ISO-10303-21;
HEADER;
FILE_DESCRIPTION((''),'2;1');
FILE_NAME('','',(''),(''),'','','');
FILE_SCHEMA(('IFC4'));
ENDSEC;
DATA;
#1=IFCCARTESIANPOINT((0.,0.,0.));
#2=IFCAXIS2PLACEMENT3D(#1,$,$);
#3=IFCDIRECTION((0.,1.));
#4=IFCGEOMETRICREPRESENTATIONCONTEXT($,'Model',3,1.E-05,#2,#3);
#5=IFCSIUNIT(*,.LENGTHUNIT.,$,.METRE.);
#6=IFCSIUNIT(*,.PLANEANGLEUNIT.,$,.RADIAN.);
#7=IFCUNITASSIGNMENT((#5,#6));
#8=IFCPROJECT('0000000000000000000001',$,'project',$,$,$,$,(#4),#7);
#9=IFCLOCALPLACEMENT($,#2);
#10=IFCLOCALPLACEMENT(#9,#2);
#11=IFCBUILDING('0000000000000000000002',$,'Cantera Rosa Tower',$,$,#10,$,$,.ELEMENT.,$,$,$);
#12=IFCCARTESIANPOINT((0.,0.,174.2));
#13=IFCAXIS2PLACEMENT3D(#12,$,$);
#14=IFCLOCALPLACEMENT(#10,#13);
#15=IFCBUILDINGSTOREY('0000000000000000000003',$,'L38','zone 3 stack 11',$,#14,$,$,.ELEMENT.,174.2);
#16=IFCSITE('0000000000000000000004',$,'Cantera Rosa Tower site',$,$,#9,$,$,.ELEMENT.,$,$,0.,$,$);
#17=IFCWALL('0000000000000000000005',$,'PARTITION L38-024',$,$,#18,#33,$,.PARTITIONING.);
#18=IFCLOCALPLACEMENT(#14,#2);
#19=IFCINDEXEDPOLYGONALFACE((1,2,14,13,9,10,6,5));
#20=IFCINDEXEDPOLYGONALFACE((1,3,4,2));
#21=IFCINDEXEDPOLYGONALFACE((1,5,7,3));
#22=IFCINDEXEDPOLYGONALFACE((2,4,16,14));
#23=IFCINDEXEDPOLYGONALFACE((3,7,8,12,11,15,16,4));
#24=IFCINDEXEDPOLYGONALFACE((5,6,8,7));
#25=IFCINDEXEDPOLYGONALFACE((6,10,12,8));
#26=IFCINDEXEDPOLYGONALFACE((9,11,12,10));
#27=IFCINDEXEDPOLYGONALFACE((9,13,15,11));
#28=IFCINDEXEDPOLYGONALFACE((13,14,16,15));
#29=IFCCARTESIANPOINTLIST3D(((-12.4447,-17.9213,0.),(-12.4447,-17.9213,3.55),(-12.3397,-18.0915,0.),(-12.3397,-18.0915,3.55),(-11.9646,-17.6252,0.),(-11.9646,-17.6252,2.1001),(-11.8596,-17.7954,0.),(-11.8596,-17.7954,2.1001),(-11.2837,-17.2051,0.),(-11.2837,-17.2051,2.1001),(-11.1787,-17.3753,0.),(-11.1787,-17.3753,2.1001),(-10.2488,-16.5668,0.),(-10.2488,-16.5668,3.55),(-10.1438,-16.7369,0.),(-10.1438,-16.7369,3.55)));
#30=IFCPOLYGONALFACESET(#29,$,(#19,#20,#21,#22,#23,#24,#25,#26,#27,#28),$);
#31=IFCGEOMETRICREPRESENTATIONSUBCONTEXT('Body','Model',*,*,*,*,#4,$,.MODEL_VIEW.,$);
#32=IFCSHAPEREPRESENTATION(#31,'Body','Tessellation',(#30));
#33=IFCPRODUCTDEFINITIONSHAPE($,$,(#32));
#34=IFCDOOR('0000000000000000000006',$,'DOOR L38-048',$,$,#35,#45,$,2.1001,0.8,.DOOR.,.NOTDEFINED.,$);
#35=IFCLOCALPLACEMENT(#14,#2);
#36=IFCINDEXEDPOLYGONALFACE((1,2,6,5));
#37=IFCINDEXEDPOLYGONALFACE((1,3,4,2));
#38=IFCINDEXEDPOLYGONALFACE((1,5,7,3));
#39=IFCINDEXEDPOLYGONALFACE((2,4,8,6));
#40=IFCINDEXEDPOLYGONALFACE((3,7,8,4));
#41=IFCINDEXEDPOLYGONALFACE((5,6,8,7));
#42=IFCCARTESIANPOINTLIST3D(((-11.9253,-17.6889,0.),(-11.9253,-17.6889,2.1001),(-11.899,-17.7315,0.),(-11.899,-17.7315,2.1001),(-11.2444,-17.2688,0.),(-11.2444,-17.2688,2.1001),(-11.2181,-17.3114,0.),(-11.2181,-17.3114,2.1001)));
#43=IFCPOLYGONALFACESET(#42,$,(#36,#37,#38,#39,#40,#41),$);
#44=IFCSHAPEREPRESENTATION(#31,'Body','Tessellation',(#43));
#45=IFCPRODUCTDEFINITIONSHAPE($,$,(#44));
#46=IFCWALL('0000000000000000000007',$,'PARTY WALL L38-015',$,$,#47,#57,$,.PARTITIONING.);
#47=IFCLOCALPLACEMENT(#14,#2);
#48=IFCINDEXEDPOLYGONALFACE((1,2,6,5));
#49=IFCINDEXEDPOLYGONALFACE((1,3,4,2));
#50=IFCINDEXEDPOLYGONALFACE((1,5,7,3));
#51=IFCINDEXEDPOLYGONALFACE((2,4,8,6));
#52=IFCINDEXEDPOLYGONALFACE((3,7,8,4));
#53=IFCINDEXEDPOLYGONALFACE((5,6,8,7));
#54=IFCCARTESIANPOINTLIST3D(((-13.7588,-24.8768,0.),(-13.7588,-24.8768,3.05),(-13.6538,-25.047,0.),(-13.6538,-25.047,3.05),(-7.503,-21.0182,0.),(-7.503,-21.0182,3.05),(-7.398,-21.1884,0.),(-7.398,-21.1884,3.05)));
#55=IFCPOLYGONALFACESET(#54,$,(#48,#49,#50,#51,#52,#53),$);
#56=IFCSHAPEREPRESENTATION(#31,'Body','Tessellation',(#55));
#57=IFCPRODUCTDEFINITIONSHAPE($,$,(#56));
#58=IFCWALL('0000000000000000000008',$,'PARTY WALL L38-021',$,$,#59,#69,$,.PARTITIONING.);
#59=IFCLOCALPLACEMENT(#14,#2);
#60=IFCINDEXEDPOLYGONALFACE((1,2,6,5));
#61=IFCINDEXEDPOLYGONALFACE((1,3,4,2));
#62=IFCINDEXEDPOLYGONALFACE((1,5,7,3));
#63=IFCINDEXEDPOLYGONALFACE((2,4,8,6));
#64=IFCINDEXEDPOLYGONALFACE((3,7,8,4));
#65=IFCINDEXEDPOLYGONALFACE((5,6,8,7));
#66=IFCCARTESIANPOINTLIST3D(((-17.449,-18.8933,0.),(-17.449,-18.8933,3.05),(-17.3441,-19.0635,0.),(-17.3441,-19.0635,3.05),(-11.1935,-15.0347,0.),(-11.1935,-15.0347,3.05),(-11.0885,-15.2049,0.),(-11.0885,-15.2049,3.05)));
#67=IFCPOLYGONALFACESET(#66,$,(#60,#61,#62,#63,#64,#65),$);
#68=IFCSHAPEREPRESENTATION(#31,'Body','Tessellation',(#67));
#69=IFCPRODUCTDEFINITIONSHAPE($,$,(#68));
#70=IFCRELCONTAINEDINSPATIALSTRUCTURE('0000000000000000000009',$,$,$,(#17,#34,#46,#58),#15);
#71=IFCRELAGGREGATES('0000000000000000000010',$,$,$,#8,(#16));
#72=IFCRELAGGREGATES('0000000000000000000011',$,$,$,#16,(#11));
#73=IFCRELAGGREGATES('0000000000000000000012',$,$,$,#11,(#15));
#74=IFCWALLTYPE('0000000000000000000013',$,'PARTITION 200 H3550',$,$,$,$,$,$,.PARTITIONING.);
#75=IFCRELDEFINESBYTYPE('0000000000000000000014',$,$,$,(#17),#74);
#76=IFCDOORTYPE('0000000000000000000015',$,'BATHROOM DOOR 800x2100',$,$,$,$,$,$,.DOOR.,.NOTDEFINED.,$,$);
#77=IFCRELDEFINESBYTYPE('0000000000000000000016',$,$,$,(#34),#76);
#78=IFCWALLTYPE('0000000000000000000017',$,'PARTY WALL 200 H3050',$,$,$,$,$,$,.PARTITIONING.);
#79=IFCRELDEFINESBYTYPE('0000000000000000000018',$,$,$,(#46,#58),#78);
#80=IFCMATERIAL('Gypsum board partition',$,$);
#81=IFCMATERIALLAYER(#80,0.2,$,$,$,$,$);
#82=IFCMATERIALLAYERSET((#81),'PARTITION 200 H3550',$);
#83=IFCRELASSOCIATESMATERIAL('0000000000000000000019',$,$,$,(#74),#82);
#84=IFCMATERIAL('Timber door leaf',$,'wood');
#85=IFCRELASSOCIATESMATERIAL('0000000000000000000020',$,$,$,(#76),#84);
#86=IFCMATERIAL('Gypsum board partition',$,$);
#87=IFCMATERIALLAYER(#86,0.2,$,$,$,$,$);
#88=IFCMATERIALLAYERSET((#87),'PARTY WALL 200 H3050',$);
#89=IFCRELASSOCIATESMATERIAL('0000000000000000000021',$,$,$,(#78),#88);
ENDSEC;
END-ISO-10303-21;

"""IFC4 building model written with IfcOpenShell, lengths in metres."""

from ifc_helpers import new_model, si_unit, direction, frame, frame_2d, origin, place, context, subcontext, project, spatial, rectangle, extrude, material, layer, layer_set, type_object, element, fill, save


model = new_model("IFC4")

# Units and contexts
model_context = context("Model", 3, precision=1e-05, world=origin(), true_north=direction((0.0, 1.0)))
body_context = subcontext(model_context, "Body", "Model", "MODEL_VIEW")
ifc_project = project(units=[si_unit("LENGTHUNIT", "METRE"), si_unit("PLANEANGLEUNIT", "RADIAN")], contexts=[model_context])

# Site, building, storey
site_placement = place(None, origin())
site = spatial("IfcSite", under=ifc_project, at=site_placement, Name="Cantera Rosa Tower site", CompositionType="ELEMENT", RefElevation=0.0)
building_placement = place(site_placement, origin())
building = spatial("IfcBuilding", under=site, at=building_placement, Name="Cantera Rosa Tower", CompositionType="ELEMENT")
storey_placement = place(building_placement, frame((0.0, 0.0, 174.2)))
storey = spatial("IfcBuildingStorey", under=building, at=storey_placement, Name="L38", Description="zone 3 stack 11", CompositionType="ELEMENT", Elevation=174.2)

# Shared definitions
ifc_material_1 = material(Name="Gypsum board partition")
ifc_layer_1 = layer(ifc_material_1, 0.2)
ifc_layer_set_1 = layer_set([ifc_layer_1], Name="PARTITION 200 H3550")
wall_type_1 = type_object("IfcWallType", Name="PARTITION 200 H3550", PredefinedType="PARTITIONING", material=ifc_layer_set_1)

# Wall, opening, door
wall_1_placement = place(storey_placement, frame((-10.1963, -16.6519, 0.0), z_axis=(0.0, 0.0, 1.0), x_axis=(-0.851099, -0.525005, 0.0)))
wall_1 = element("IfcWall", 1, at=wall_1_placement, inside=storey, type_object=wall_type_1, Name="PARTITION L38-024", PredefinedType="PARTITIONING", context=body_context, shape_type="SweptSolid", body=[
    extrude(rectangle(XDim=2.5801, YDim=0.2, at=frame_2d((1.29, 0.0))), origin(), (0.0, 0.0, 1.0), 3.55),
])
opening_1_placement = place(wall_1_placement, frame((1.2161, 0.0, 0.0)))
opening_1 = element("IfcOpeningElement", 2, at=opening_1_placement, cuts=wall_1, PredefinedType="OPENING", context=body_context, shape_type="SweptSolid", body=[
    extrude(rectangle(XDim=0.8, YDim=2.1001, at=frame_2d((0.3999, 1.05))), frame((0.0, 0.1099, 0.0), z_axis=(0.0, -1.0, 0.0), x_axis=(1.0, 0.0, 0.0)), (0.0, 0.0, 1.0), 0.22),
])
ifc_material_2 = material(Name="Timber door leaf", Category="wood")
door_type_1 = type_object("IfcDoorType", Name="BATHROOM DOOR 800x2100", OperationType="NOTDEFINED", PredefinedType="DOOR", material=ifc_material_2)
door_1_placement = place(opening_1_placement, origin())
door_1 = element("IfcDoor", 3, at=door_1_placement, inside=storey, type_object=door_type_1, Name="DOOR L38-048", OperationType="NOTDEFINED", OverallHeight=2.1001, OverallWidth=0.8, PredefinedType="DOOR", context=body_context, shape_type="SweptSolid", body=[
    extrude(rectangle(XDim=0.8, YDim=2.1001, at=frame_2d((0.3999, 1.05))), frame((0.0, 0.0249, 0.0), z_axis=(0.0, -1.0, 0.0), x_axis=(1.0, 0.0, 0.0)), (0.0, 0.0, 1.0), 0.05),
])
fill(opening_1, door_1)

# Walls
ifc_material_3 = material(Name="Gypsum board partition")
ifc_layer_2 = layer(ifc_material_3, 0.2)
ifc_layer_set_2 = layer_set([ifc_layer_2], Name="PARTY WALL 200 H3050")
wall_type_2 = type_object("IfcWallType", Name="PARTY WALL 200 H3050", PredefinedType="PARTITIONING", material=ifc_layer_set_2)
wall_2_placement = place(storey_placement, frame((-13.7063, -24.9619, 0.0), z_axis=(0.0, 0.0, 1.0), x_axis=(0.851118, 0.524974, 0.0)))
element("IfcWall", 4, at=wall_2_placement, inside=storey, type_object=wall_type_2, Name="PARTY WALL L38-015", PredefinedType="PARTITIONING", context=body_context, shape_type="SweptSolid", body=[
    extrude(rectangle(XDim=7.3501, YDim=0.2, at=frame_2d((3.675, 0.0))), origin(), (0.0, 0.0, 1.0), 3.05),
])
wall_3_placement = place(storey_placement, frame((-11.1411, -15.1199, 0.0), z_axis=(0.0, 0.0, 1.0), x_axis=(-0.851109, -0.524989, 0.0)))
element("IfcWall", 5, at=wall_3_placement, inside=storey, type_object=wall_type_2, Name="PARTY WALL L38-021", PredefinedType="PARTITIONING", context=body_context, shape_type="SweptSolid", body=[
    extrude(rectangle(XDim=7.3499, YDim=0.2, at=frame_2d((3.6748, 0.0))), origin(), (0.0, 0.0, 1.0), 3.05),
])

save(model, "model.ifc")
